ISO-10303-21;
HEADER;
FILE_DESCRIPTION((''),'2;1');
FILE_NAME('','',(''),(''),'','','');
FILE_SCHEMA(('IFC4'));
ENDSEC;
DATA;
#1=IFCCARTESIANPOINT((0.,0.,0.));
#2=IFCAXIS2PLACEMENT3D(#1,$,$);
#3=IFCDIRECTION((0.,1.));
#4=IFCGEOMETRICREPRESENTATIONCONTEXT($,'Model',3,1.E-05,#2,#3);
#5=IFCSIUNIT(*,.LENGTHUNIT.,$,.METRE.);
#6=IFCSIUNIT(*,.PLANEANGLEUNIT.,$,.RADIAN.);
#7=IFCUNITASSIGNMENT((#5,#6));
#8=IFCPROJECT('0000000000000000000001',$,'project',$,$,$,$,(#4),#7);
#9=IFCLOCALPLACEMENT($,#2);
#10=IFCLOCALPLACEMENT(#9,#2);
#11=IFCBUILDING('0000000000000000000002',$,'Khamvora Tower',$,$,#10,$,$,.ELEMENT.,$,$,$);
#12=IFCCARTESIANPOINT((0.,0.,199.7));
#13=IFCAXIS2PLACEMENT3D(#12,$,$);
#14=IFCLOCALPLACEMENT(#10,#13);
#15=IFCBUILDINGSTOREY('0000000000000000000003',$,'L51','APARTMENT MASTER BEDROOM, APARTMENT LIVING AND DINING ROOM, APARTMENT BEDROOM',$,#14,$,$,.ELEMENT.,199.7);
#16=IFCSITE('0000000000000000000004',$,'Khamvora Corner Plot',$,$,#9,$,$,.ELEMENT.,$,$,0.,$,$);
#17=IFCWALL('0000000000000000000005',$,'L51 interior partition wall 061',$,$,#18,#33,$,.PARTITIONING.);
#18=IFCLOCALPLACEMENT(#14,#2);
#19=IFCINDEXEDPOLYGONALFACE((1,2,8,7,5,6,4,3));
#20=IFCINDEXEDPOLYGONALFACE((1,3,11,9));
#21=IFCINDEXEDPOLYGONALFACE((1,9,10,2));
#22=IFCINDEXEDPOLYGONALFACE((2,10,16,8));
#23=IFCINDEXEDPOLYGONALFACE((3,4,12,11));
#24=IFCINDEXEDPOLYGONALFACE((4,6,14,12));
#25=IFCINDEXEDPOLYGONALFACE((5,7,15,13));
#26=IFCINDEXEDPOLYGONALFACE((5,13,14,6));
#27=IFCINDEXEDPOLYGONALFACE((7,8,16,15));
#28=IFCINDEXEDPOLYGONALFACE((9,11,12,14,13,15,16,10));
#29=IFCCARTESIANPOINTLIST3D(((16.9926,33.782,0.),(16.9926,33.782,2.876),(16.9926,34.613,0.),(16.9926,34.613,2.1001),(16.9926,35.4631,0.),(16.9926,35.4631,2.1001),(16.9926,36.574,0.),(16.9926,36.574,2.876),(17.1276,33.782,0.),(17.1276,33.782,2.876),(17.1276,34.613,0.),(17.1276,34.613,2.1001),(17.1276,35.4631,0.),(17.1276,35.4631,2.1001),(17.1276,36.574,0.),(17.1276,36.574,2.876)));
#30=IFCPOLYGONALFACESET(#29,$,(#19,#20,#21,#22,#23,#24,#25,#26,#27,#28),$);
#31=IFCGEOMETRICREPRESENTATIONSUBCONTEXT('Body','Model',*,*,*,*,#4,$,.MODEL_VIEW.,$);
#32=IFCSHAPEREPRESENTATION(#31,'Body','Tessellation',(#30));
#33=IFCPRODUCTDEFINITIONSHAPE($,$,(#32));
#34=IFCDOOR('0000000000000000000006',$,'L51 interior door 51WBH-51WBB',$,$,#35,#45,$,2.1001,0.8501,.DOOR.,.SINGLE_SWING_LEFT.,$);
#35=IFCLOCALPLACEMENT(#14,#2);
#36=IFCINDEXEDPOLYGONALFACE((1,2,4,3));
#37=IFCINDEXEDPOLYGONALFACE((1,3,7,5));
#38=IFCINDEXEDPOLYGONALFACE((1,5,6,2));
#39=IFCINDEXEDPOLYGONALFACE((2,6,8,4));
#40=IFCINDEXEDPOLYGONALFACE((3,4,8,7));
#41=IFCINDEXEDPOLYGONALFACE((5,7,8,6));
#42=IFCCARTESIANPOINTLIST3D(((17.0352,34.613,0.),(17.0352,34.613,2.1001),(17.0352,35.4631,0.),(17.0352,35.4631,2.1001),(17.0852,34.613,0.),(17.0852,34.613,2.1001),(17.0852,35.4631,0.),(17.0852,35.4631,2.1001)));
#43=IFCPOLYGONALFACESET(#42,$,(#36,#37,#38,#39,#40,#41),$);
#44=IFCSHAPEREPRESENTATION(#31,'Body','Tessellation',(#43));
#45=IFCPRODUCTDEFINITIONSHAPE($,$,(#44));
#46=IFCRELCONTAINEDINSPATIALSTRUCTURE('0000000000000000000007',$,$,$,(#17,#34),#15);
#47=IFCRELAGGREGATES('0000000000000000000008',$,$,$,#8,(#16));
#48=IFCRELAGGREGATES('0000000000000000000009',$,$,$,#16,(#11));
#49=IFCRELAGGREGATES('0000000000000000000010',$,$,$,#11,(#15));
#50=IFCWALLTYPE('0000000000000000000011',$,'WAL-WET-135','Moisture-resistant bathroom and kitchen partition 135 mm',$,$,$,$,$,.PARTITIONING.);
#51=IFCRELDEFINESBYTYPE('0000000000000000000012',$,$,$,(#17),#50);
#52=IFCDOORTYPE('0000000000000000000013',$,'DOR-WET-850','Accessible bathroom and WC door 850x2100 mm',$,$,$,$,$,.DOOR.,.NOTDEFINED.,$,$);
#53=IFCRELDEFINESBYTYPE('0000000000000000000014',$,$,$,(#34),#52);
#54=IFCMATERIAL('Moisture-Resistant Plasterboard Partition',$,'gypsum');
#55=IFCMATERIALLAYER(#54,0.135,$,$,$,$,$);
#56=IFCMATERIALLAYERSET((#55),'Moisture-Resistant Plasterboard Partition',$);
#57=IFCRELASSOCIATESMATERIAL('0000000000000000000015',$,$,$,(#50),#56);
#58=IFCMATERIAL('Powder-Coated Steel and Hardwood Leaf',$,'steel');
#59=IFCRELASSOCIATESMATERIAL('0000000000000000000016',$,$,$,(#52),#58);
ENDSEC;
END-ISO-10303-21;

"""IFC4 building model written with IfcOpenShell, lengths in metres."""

from ifc_helpers import new_model, si_unit, direction, frame, frame_2d, origin, place, context, subcontext, project, spatial, rectangle, extrude, material, layer, layer_set, type_object, element, fill, save


model = new_model("IFC4")

# Units and contexts
model_context = context("Model", 3, precision=1e-05, world=origin(), true_north=direction((0.0, 1.0)))
body_context = subcontext(model_context, "Body", "Model", "MODEL_VIEW")
ifc_project = project(units=[si_unit("LENGTHUNIT", "METRE"), si_unit("PLANEANGLEUNIT", "RADIAN")], contexts=[model_context])

# Site, building, storey
site_placement = place(None, origin())
site = spatial("IfcSite", under=ifc_project, at=site_placement, Name="Khamvora Corner Plot", CompositionType="ELEMENT", RefElevation=0.0)
building_placement = place(site_placement, origin())
building = spatial("IfcBuilding", under=site, at=building_placement, Name="Khamvora Tower", CompositionType="ELEMENT")
storey_placement = place(building_placement, frame((0.0, 0.0, 199.7)))
storey = spatial("IfcBuildingStorey", under=building, at=storey_placement, Name="L51", Description="APARTMENT MASTER BEDROOM, APARTMENT LIVING AND DINING ROOM, APARTMENT BEDROOM", CompositionType="ELEMENT", Elevation=199.7)

# Shared definitions
ifc_material_1 = material(Name="Powder-Coated Steel and Hardwood Leaf", Category="steel")

# Wall, opening, door
ifc_material_2 = material(Name="Moisture-Resistant Plasterboard Partition", Category="gypsum")
ifc_layer_1 = layer(ifc_material_2, 0.135)
ifc_layer_set_1 = layer_set([ifc_layer_1], Name="Moisture-Resistant Plasterboard Partition")
wall_type_1 = type_object("IfcWallType", Name="WAL-WET-135", Description="Moisture-resistant bathroom and kitchen partition 135 mm", PredefinedType="PARTITIONING", material=ifc_layer_set_1)
wall_1_placement = place(storey_placement, frame((17.0601, 33.782, 0.0), z_axis=(0.0, 0.0, 1.0), x_axis=(0.0, 1.0, 0.0)))
wall_1 = element("IfcWall", 1, at=wall_1_placement, inside=storey, type_object=wall_type_1, Name="L51 interior partition wall 061", PredefinedType="PARTITIONING", context=body_context, shape_type="SweptSolid", body=[
    extrude(rectangle(XDim=2.792, YDim=0.135, at=frame_2d((1.396, 0.0))), origin(), (0.0, 0.0, 1.0), 2.876),
])
opening_1_placement = place(wall_1_placement, frame((0.8311, 0.0, 0.0)))
opening_1 = element("IfcOpeningElement", 2, at=opening_1_placement, cuts=wall_1, PredefinedType="OPENING", context=body_context, shape_type="SweptSolid", body=[
    extrude(rectangle(XDim=0.8501, YDim=2.1001, at=frame_2d((0.425, 1.05))), frame((0.0, 0.0774, 0.0), z_axis=(0.0, -1.0, 0.0), x_axis=(1.0, 0.0, 0.0)), (0.0, 0.0, 1.0), 0.155),
])
door_type_1 = type_object("IfcDoorType", Name="DOR-WET-850", Description="Accessible bathroom and WC door 850x2100 mm", OperationType="NOTDEFINED", PredefinedType="DOOR", material=ifc_material_1)
door_1_placement = place(opening_1_placement, origin())
door_1 = element("IfcDoor", 3, at=door_1_placement, inside=storey, type_object=door_type_1, Name="L51 interior door 51WBH-51WBB", OperationType="SINGLE_SWING_LEFT", OverallHeight=2.1001, OverallWidth=0.8501, PredefinedType="DOOR", context=body_context, shape_type="SweptSolid", body=[
    extrude(rectangle(XDim=0.8501, YDim=2.1001, at=frame_2d((0.425, 1.05))), frame((0.0, 0.0249, 0.0), z_axis=(0.0, -1.0, 0.0), x_axis=(1.0, 0.0, 0.0)), (0.0, 0.0, 1.0), 0.05),
])
fill(opening_1, door_1)

save(model, "model.ifc")
